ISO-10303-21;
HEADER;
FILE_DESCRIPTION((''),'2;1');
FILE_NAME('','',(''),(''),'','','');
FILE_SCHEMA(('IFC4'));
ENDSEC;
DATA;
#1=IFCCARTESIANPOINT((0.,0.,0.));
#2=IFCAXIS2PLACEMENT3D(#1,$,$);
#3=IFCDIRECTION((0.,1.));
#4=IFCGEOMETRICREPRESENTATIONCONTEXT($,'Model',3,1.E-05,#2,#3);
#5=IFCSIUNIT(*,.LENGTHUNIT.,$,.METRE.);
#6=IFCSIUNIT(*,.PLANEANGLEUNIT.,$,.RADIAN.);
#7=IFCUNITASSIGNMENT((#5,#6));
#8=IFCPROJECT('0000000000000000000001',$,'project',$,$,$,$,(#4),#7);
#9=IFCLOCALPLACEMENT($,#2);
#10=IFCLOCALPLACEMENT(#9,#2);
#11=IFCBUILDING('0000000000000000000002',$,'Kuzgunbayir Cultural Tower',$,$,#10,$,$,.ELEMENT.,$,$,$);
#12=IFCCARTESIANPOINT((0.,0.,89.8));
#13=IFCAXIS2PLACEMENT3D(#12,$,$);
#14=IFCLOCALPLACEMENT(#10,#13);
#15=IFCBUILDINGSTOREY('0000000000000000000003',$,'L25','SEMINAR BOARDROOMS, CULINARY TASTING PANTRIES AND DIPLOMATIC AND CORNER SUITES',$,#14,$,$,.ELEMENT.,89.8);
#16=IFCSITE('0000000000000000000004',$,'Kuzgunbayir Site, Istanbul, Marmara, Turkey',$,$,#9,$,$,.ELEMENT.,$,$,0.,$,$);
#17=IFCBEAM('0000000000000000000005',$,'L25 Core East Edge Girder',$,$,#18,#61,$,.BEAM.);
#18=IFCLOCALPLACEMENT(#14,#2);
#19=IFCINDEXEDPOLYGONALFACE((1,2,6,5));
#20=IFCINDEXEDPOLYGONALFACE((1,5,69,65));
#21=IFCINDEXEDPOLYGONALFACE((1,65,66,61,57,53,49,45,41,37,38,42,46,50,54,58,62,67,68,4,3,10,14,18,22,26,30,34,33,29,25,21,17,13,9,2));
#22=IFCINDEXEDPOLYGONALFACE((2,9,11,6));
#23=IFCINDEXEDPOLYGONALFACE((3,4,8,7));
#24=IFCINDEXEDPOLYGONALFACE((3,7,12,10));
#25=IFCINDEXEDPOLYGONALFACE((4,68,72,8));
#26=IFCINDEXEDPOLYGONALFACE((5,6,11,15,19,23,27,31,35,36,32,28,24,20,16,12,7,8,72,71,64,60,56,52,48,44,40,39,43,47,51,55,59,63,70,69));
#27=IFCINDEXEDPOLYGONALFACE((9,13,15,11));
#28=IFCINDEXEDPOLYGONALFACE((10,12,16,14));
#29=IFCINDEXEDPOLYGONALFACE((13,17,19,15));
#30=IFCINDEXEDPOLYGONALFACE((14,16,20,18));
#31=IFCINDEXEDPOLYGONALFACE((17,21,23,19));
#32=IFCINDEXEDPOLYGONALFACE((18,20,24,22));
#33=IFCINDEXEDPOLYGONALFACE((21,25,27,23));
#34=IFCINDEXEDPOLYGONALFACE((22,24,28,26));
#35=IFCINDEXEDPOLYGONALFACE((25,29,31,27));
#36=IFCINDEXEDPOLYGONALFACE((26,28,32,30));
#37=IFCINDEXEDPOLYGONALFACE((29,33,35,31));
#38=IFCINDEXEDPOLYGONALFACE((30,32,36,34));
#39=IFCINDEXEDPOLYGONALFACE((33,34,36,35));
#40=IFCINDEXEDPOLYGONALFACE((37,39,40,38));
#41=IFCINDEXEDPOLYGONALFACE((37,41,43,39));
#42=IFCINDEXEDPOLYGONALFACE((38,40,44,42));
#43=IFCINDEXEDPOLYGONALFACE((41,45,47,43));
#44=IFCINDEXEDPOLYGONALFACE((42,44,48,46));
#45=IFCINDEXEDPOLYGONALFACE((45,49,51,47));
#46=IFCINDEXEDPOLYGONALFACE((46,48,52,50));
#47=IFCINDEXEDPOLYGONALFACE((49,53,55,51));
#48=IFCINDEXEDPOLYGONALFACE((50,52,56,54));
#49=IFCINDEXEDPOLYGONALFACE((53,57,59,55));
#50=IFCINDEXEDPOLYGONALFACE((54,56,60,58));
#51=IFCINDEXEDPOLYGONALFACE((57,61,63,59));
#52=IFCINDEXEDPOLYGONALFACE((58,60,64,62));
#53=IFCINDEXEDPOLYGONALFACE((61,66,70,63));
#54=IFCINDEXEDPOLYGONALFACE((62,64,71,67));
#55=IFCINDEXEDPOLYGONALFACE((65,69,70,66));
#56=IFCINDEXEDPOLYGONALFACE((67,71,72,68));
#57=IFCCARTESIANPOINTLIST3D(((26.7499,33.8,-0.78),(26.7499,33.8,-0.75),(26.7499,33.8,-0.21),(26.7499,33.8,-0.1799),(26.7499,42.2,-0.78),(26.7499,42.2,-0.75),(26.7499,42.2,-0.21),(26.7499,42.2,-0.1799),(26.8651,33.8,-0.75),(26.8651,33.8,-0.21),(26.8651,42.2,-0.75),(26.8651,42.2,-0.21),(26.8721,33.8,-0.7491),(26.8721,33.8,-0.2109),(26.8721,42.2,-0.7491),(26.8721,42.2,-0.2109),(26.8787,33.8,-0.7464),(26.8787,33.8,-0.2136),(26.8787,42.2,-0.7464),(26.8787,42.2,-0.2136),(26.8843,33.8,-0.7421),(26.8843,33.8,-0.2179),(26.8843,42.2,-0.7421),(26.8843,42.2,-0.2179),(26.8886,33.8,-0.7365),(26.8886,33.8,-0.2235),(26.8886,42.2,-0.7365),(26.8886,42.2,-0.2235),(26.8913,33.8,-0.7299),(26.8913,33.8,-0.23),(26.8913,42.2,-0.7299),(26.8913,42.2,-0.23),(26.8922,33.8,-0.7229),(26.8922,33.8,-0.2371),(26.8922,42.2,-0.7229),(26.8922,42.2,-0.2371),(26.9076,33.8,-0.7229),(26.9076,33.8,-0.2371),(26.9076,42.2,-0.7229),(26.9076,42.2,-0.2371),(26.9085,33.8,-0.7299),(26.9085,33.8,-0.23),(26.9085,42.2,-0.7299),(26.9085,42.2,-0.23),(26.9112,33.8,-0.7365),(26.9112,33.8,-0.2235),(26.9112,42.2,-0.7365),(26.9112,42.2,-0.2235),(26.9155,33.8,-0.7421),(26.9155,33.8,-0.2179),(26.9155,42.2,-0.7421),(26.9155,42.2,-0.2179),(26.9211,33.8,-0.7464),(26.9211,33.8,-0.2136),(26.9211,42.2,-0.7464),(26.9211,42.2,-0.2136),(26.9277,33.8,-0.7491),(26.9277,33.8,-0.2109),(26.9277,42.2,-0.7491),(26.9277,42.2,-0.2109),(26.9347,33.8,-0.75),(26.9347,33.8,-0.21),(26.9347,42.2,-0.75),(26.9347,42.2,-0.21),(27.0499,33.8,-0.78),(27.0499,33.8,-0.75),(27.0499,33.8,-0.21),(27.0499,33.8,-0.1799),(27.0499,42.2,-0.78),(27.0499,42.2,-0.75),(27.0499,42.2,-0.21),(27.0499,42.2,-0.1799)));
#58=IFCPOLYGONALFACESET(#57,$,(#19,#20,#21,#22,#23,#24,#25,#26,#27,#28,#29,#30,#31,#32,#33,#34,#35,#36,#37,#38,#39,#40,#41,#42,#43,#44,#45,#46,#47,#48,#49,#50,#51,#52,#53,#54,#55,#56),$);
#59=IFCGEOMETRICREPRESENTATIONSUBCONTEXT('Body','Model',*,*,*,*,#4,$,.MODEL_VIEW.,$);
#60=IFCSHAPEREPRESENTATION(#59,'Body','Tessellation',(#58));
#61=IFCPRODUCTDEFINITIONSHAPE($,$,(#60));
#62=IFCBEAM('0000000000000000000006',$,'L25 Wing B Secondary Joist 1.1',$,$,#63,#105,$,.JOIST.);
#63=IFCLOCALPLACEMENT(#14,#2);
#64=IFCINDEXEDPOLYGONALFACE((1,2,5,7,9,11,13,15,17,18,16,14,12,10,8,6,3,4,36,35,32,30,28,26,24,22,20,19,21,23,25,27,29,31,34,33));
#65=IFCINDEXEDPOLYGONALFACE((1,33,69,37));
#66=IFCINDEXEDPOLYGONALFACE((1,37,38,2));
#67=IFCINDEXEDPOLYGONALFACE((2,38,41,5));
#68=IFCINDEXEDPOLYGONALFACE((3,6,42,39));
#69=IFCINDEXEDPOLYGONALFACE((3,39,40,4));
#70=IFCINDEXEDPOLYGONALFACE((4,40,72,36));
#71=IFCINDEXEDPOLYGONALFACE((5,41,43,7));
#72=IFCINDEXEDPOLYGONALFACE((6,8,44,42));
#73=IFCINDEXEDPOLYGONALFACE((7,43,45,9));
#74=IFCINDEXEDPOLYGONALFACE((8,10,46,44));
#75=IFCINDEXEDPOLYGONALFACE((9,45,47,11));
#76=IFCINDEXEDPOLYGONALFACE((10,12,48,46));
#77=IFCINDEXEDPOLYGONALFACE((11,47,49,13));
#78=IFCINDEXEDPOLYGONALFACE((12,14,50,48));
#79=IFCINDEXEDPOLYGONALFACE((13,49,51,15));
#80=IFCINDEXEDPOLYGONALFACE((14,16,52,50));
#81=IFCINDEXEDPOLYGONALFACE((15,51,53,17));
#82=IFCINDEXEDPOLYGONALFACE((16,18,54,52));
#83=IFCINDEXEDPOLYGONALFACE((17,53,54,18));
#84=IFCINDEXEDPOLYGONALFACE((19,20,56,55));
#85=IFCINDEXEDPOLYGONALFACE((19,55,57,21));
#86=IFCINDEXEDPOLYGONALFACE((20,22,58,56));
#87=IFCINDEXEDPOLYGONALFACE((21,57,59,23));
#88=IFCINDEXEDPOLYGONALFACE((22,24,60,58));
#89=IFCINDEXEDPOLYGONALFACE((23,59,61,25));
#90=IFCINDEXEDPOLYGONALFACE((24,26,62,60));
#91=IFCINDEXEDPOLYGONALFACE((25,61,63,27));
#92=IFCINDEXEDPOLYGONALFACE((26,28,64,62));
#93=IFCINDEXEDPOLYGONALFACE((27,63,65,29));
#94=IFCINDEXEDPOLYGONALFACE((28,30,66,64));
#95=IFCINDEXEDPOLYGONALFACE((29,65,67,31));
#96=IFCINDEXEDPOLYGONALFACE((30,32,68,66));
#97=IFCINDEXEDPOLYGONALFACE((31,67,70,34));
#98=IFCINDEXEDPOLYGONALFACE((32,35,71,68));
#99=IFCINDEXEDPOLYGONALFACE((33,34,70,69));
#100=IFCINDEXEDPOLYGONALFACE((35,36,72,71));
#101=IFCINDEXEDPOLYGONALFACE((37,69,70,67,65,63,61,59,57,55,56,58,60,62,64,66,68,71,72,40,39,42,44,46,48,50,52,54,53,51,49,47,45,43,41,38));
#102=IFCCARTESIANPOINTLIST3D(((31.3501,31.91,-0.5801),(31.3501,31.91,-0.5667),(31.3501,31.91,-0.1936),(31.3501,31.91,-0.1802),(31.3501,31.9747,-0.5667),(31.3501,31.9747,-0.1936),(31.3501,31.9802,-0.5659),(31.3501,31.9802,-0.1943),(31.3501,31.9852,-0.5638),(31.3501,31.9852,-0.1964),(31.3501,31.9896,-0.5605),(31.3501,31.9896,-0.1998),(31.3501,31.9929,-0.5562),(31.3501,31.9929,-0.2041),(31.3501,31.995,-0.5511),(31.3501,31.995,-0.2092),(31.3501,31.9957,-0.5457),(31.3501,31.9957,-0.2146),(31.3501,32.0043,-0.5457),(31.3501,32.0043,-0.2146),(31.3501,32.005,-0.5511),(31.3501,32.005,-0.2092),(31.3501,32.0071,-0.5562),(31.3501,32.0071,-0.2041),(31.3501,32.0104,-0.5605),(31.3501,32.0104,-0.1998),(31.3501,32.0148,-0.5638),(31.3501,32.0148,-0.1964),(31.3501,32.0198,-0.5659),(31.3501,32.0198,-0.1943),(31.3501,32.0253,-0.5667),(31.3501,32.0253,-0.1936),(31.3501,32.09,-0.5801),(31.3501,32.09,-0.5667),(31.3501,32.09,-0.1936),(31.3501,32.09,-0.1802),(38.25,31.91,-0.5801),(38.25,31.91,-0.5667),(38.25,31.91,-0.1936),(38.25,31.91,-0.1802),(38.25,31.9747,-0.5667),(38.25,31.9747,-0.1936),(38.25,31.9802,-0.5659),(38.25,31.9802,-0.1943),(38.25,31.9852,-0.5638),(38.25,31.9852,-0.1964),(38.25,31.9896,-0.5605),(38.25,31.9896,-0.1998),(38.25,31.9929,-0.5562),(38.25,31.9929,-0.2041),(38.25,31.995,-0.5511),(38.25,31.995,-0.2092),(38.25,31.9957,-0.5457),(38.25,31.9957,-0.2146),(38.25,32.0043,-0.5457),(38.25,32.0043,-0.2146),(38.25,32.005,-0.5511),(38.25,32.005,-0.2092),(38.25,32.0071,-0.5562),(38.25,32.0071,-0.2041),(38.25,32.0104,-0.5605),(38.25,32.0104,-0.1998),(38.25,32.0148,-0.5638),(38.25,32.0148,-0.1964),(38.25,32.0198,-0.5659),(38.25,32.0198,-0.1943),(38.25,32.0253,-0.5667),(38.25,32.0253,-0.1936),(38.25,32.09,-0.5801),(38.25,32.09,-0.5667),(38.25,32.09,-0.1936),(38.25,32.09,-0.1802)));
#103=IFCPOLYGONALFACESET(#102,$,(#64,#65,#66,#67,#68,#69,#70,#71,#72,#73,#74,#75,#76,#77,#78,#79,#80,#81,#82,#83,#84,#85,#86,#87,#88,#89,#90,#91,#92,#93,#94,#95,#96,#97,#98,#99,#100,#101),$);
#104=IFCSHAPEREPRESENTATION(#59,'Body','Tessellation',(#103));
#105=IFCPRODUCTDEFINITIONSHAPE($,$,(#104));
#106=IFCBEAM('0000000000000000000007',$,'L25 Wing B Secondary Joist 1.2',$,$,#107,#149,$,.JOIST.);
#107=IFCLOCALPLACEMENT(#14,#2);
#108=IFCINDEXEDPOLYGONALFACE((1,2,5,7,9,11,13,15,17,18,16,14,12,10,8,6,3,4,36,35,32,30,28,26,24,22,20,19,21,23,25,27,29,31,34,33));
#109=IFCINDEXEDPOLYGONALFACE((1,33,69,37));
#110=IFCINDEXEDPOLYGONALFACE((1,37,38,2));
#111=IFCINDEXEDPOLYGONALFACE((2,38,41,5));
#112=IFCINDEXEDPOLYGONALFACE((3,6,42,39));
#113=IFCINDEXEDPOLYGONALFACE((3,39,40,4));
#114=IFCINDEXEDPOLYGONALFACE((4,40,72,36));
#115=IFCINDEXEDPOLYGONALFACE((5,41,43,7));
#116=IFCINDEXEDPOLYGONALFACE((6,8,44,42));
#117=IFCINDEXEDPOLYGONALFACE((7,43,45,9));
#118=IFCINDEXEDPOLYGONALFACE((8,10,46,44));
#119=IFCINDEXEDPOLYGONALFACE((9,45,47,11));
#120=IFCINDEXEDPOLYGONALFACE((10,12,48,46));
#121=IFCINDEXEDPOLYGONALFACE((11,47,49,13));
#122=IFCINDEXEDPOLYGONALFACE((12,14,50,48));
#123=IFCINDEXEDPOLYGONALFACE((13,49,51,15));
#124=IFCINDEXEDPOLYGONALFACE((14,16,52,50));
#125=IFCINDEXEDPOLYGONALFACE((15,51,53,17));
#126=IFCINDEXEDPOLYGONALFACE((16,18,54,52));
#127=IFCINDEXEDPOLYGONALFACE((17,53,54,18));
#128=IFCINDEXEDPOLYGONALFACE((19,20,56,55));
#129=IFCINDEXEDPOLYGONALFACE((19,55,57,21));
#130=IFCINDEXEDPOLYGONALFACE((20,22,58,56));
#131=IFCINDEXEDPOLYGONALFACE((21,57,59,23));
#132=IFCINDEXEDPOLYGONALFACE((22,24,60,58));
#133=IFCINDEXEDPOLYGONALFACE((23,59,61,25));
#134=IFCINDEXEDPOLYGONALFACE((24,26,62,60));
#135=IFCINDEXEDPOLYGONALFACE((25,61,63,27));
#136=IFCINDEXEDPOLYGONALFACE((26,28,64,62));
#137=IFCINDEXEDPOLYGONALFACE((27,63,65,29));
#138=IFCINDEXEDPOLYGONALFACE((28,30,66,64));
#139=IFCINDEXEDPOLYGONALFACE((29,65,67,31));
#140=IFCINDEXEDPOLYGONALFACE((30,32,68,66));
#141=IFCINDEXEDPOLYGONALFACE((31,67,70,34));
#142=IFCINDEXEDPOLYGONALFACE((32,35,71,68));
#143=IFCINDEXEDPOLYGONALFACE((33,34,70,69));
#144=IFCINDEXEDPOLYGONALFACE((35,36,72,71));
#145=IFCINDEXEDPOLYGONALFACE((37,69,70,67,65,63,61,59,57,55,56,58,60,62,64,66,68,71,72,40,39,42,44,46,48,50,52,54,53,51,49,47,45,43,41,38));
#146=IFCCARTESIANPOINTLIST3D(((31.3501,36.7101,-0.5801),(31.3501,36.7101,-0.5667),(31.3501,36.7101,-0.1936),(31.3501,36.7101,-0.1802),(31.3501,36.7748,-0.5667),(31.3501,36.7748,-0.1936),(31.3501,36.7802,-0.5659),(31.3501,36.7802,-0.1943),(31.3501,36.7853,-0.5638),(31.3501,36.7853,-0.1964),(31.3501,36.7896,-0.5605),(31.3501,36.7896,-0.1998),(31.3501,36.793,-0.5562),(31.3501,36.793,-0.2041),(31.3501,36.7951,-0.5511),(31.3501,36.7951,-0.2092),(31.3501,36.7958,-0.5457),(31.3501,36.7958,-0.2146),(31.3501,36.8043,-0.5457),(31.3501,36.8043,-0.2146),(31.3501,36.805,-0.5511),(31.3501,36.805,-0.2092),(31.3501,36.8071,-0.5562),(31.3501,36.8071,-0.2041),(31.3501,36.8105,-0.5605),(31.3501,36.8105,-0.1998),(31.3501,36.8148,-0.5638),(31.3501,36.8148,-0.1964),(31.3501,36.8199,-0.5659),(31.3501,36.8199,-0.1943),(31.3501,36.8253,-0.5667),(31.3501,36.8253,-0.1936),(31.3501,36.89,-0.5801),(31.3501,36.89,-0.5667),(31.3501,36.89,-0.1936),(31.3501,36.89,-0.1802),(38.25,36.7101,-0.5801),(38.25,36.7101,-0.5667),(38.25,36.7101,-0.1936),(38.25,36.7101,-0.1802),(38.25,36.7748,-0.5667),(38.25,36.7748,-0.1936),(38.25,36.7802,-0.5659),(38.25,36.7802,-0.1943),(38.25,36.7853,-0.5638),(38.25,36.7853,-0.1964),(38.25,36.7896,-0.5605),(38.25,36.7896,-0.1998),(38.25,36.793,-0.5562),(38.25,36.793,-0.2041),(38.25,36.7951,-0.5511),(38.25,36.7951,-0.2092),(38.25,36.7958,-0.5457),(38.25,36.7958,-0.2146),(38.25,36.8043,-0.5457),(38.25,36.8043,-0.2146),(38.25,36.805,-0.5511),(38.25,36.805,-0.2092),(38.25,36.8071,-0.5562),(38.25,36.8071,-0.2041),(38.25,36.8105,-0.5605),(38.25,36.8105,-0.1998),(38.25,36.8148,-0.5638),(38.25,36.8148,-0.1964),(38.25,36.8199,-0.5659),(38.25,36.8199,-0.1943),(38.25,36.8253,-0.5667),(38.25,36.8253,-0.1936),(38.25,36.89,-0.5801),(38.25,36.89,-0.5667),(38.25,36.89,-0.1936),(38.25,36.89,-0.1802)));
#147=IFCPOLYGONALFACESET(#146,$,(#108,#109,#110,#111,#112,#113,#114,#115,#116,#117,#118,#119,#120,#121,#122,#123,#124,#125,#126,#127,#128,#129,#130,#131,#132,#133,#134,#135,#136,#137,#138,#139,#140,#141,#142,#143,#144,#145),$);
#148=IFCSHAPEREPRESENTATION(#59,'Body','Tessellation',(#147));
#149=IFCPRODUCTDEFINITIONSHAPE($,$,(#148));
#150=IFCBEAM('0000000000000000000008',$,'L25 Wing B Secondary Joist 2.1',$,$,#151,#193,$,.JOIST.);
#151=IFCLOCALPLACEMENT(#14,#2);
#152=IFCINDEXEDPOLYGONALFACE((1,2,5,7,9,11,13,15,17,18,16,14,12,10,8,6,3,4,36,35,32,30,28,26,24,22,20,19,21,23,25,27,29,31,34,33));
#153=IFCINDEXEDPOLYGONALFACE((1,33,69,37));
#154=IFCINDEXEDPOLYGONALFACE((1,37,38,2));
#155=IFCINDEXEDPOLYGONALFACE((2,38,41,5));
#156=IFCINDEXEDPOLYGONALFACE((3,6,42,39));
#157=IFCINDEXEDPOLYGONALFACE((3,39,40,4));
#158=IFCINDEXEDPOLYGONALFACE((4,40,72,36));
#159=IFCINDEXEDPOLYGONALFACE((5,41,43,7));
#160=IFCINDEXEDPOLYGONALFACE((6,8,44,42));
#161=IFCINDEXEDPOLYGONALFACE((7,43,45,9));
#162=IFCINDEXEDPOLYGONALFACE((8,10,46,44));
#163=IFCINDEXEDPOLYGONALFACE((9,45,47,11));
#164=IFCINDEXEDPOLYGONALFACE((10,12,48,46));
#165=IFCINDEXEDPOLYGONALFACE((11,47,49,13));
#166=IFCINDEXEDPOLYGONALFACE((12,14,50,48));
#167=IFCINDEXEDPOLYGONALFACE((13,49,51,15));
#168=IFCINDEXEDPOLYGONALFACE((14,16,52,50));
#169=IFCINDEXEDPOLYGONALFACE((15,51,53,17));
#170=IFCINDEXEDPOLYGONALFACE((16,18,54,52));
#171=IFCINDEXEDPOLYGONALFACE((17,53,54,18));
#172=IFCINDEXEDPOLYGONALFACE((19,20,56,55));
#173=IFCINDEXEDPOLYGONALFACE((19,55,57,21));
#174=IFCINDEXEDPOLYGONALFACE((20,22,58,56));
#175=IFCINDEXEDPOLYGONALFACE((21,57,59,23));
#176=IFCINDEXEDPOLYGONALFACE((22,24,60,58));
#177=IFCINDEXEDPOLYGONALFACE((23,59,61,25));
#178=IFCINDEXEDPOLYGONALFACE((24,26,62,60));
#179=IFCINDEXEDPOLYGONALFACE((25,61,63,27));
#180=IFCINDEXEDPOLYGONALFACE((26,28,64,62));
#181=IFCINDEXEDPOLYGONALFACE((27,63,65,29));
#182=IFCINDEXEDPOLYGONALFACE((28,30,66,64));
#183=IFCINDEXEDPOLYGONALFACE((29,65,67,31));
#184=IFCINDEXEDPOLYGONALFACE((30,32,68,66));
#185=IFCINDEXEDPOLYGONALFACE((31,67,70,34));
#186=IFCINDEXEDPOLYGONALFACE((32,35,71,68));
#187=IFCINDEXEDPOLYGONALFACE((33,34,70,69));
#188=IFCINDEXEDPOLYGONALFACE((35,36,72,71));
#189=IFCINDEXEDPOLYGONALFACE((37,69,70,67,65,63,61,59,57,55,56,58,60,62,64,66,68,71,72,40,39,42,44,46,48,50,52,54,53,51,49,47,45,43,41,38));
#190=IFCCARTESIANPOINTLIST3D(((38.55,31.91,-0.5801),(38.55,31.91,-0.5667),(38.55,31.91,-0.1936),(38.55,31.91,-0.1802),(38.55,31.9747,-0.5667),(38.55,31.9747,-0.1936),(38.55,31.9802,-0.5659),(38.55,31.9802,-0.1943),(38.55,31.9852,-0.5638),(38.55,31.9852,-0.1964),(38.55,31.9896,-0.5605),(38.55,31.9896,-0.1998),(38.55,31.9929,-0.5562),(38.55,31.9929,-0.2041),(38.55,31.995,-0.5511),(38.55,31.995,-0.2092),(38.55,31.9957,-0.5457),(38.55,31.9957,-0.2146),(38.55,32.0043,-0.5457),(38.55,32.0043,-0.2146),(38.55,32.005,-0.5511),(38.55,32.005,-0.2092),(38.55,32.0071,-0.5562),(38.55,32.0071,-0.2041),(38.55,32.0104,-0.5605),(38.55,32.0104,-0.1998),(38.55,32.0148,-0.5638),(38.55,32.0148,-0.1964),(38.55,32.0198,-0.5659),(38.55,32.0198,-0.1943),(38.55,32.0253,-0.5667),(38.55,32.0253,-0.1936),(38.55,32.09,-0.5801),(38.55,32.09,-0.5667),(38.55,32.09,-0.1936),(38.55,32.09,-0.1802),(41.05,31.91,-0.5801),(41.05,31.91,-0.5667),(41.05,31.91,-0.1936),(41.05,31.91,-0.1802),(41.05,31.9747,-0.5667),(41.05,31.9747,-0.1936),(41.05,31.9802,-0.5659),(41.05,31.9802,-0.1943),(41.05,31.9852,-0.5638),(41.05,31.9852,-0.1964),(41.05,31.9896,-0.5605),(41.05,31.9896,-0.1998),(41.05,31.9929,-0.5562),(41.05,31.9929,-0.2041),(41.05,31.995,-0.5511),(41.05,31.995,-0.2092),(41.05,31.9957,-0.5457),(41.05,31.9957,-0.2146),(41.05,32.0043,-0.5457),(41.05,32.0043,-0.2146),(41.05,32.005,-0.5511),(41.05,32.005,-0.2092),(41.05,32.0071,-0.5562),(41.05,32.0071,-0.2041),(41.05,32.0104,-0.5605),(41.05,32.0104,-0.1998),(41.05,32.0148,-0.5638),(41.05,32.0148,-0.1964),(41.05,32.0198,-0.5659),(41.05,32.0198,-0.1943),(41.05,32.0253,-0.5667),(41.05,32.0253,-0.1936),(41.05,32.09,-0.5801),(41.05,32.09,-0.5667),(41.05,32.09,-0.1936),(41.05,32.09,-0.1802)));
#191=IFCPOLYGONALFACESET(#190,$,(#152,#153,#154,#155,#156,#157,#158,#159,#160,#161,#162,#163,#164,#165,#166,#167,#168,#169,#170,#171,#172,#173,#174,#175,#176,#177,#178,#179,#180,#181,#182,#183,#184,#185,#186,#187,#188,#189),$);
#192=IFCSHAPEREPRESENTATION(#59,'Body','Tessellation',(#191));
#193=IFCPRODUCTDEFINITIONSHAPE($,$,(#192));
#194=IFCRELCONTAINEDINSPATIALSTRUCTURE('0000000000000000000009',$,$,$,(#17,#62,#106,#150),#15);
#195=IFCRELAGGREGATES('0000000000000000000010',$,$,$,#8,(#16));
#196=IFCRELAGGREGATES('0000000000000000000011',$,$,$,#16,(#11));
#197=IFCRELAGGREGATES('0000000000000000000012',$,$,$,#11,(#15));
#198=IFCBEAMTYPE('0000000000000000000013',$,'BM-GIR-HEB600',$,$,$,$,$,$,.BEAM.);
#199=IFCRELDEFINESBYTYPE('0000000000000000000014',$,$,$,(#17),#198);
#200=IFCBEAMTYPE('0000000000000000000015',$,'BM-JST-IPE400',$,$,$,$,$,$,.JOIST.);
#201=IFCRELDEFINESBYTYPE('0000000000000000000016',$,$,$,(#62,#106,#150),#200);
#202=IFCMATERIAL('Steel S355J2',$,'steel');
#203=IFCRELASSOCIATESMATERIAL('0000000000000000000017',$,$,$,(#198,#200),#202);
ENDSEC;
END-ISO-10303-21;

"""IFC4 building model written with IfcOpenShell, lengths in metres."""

from ifc_helpers import new_model, si_unit, direction, frame, origin, origin_2d, place, context, subcontext, project, spatial, i_section, extrude, material, material_profile, profile_set, type_object, element, save


model = new_model("IFC4")

# Units and contexts
model_context = context("Model", 3, precision=1e-05, world=origin(), true_north=direction((0.0, 1.0)))
body_context = subcontext(model_context, "Body", "Model", "MODEL_VIEW")
ifc_project = project(units=[si_unit("LENGTHUNIT", "METRE"), si_unit("PLANEANGLEUNIT", "RADIAN")], contexts=[model_context])

# Site, building, storey
site_placement = place(None, origin())
site = spatial("IfcSite", under=ifc_project, at=site_placement, Name="Kuzgunbayir Site, Istanbul, Marmara, Turkey", CompositionType="ELEMENT", RefElevation=0.0)
building_placement = place(site_placement, origin())
building = spatial("IfcBuilding", under=site, at=building_placement, Name="Kuzgunbayir Cultural Tower", CompositionType="ELEMENT")
storey_placement = place(building_placement, frame((0.0, 0.0, 89.8)))
storey = spatial("IfcBuildingStorey", under=building, at=storey_placement, Name="L25", Description="SEMINAR BOARDROOMS, CULINARY TASTING PANTRIES AND DIPLOMATIC AND CORNER SUITES", CompositionType="ELEMENT", Elevation=89.8)

# Beams
ifc_material_1 = material(Name="Steel S355J2", Category="steel")
ifc_material_profile_1 = material_profile(ifc_material_1, i_section(OverallWidth=0.3, OverallDepth=0.6001, WebThickness=0.0154, FlangeThickness=0.03, FilletRadius=0.0271, at=origin_2d()), Name="HEB 600")
ifc_profile_set_1 = profile_set([ifc_material_profile_1], Name="Steel S355J2")
beam_type_1 = type_object("IfcBeamType", Name="BM-GIR-HEB600", PredefinedType="BEAM", material=ifc_profile_set_1)
beam_1_placement = place(storey_placement, frame((26.8999, 33.8, -0.48), z_axis=(0.0, 1.0, 0.0), x_axis=(-1.0, 0.0, 0.0)))
element("IfcBeam", 1, at=beam_1_placement, inside=storey, type_object=beam_type_1, Name="L25 Core East Edge Girder", PredefinedType="BEAM", context=body_context, shape_type="SweptSolid", body=[
    extrude(i_section(OverallWidth=0.3, OverallDepth=0.6001, WebThickness=0.0154, FlangeThickness=0.03, FilletRadius=0.0271, at=origin_2d()), origin(), (0.0, 0.0, 1.0), 8.3999),
])
ifc_material_profile_2 = material_profile(ifc_material_1, i_section(OverallWidth=0.1799, OverallDepth=0.3999, WebThickness=0.0085, FlangeThickness=0.0134, FilletRadius=0.021, at=origin_2d()), Name="IPE 400")
ifc_profile_set_2 = profile_set([ifc_material_profile_2], Name="Steel S355J2")
beam_type_2 = type_object("IfcBeamType", Name="BM-JST-IPE400", PredefinedType="JOIST", material=ifc_profile_set_2)
for number, where, z_axis, x_axis, name in (
    (2, (31.3501, 32.0, -0.3801), (1.0, 0.0, 0.0), (0.0, 1.0, 0.0), "L25 Wing B Secondary Joist 1.1"),
    (3, (31.3501, 36.8, -0.3801), (1.0, 0.0, 0.0), (0.0, 1.0, 0.0), "L25 Wing B Secondary Joist 1.2"),
):
    element("IfcBeam", number, at=place(storey_placement, frame(where, z_axis=z_axis, x_axis=x_axis)), inside=storey, type_object=beam_type_2, Name=name, PredefinedType="JOIST", context=body_context, shape_type="SweptSolid", body=[
        extrude(i_section(OverallWidth=0.1799, OverallDepth=0.3999, WebThickness=0.0085, FlangeThickness=0.0134, FilletRadius=0.021, at=origin_2d()), origin(), (0.0, 0.0, 1.0), 6.8999),
    ])
for number, where, z_axis, x_axis, name in (
    (4, (38.55, 32.0, -0.3801), (1.0, 0.0, 0.0), (0.0, 1.0, 0.0), "L25 Wing B Secondary Joist 2.1"),
):
    element("IfcBeam", number, at=place(storey_placement, frame(where, z_axis=z_axis, x_axis=x_axis)), inside=storey, type_object=beam_type_2, Name=name, PredefinedType="JOIST", context=body_context, shape_type="SweptSolid", body=[
        extrude(i_section(OverallWidth=0.1799, OverallDepth=0.3999, WebThickness=0.0085, FlangeThickness=0.0134, FilletRadius=0.021, at=origin_2d()), origin(), (0.0, 0.0, 1.0), 2.5),
    ])

save(model, "model.ifc")
